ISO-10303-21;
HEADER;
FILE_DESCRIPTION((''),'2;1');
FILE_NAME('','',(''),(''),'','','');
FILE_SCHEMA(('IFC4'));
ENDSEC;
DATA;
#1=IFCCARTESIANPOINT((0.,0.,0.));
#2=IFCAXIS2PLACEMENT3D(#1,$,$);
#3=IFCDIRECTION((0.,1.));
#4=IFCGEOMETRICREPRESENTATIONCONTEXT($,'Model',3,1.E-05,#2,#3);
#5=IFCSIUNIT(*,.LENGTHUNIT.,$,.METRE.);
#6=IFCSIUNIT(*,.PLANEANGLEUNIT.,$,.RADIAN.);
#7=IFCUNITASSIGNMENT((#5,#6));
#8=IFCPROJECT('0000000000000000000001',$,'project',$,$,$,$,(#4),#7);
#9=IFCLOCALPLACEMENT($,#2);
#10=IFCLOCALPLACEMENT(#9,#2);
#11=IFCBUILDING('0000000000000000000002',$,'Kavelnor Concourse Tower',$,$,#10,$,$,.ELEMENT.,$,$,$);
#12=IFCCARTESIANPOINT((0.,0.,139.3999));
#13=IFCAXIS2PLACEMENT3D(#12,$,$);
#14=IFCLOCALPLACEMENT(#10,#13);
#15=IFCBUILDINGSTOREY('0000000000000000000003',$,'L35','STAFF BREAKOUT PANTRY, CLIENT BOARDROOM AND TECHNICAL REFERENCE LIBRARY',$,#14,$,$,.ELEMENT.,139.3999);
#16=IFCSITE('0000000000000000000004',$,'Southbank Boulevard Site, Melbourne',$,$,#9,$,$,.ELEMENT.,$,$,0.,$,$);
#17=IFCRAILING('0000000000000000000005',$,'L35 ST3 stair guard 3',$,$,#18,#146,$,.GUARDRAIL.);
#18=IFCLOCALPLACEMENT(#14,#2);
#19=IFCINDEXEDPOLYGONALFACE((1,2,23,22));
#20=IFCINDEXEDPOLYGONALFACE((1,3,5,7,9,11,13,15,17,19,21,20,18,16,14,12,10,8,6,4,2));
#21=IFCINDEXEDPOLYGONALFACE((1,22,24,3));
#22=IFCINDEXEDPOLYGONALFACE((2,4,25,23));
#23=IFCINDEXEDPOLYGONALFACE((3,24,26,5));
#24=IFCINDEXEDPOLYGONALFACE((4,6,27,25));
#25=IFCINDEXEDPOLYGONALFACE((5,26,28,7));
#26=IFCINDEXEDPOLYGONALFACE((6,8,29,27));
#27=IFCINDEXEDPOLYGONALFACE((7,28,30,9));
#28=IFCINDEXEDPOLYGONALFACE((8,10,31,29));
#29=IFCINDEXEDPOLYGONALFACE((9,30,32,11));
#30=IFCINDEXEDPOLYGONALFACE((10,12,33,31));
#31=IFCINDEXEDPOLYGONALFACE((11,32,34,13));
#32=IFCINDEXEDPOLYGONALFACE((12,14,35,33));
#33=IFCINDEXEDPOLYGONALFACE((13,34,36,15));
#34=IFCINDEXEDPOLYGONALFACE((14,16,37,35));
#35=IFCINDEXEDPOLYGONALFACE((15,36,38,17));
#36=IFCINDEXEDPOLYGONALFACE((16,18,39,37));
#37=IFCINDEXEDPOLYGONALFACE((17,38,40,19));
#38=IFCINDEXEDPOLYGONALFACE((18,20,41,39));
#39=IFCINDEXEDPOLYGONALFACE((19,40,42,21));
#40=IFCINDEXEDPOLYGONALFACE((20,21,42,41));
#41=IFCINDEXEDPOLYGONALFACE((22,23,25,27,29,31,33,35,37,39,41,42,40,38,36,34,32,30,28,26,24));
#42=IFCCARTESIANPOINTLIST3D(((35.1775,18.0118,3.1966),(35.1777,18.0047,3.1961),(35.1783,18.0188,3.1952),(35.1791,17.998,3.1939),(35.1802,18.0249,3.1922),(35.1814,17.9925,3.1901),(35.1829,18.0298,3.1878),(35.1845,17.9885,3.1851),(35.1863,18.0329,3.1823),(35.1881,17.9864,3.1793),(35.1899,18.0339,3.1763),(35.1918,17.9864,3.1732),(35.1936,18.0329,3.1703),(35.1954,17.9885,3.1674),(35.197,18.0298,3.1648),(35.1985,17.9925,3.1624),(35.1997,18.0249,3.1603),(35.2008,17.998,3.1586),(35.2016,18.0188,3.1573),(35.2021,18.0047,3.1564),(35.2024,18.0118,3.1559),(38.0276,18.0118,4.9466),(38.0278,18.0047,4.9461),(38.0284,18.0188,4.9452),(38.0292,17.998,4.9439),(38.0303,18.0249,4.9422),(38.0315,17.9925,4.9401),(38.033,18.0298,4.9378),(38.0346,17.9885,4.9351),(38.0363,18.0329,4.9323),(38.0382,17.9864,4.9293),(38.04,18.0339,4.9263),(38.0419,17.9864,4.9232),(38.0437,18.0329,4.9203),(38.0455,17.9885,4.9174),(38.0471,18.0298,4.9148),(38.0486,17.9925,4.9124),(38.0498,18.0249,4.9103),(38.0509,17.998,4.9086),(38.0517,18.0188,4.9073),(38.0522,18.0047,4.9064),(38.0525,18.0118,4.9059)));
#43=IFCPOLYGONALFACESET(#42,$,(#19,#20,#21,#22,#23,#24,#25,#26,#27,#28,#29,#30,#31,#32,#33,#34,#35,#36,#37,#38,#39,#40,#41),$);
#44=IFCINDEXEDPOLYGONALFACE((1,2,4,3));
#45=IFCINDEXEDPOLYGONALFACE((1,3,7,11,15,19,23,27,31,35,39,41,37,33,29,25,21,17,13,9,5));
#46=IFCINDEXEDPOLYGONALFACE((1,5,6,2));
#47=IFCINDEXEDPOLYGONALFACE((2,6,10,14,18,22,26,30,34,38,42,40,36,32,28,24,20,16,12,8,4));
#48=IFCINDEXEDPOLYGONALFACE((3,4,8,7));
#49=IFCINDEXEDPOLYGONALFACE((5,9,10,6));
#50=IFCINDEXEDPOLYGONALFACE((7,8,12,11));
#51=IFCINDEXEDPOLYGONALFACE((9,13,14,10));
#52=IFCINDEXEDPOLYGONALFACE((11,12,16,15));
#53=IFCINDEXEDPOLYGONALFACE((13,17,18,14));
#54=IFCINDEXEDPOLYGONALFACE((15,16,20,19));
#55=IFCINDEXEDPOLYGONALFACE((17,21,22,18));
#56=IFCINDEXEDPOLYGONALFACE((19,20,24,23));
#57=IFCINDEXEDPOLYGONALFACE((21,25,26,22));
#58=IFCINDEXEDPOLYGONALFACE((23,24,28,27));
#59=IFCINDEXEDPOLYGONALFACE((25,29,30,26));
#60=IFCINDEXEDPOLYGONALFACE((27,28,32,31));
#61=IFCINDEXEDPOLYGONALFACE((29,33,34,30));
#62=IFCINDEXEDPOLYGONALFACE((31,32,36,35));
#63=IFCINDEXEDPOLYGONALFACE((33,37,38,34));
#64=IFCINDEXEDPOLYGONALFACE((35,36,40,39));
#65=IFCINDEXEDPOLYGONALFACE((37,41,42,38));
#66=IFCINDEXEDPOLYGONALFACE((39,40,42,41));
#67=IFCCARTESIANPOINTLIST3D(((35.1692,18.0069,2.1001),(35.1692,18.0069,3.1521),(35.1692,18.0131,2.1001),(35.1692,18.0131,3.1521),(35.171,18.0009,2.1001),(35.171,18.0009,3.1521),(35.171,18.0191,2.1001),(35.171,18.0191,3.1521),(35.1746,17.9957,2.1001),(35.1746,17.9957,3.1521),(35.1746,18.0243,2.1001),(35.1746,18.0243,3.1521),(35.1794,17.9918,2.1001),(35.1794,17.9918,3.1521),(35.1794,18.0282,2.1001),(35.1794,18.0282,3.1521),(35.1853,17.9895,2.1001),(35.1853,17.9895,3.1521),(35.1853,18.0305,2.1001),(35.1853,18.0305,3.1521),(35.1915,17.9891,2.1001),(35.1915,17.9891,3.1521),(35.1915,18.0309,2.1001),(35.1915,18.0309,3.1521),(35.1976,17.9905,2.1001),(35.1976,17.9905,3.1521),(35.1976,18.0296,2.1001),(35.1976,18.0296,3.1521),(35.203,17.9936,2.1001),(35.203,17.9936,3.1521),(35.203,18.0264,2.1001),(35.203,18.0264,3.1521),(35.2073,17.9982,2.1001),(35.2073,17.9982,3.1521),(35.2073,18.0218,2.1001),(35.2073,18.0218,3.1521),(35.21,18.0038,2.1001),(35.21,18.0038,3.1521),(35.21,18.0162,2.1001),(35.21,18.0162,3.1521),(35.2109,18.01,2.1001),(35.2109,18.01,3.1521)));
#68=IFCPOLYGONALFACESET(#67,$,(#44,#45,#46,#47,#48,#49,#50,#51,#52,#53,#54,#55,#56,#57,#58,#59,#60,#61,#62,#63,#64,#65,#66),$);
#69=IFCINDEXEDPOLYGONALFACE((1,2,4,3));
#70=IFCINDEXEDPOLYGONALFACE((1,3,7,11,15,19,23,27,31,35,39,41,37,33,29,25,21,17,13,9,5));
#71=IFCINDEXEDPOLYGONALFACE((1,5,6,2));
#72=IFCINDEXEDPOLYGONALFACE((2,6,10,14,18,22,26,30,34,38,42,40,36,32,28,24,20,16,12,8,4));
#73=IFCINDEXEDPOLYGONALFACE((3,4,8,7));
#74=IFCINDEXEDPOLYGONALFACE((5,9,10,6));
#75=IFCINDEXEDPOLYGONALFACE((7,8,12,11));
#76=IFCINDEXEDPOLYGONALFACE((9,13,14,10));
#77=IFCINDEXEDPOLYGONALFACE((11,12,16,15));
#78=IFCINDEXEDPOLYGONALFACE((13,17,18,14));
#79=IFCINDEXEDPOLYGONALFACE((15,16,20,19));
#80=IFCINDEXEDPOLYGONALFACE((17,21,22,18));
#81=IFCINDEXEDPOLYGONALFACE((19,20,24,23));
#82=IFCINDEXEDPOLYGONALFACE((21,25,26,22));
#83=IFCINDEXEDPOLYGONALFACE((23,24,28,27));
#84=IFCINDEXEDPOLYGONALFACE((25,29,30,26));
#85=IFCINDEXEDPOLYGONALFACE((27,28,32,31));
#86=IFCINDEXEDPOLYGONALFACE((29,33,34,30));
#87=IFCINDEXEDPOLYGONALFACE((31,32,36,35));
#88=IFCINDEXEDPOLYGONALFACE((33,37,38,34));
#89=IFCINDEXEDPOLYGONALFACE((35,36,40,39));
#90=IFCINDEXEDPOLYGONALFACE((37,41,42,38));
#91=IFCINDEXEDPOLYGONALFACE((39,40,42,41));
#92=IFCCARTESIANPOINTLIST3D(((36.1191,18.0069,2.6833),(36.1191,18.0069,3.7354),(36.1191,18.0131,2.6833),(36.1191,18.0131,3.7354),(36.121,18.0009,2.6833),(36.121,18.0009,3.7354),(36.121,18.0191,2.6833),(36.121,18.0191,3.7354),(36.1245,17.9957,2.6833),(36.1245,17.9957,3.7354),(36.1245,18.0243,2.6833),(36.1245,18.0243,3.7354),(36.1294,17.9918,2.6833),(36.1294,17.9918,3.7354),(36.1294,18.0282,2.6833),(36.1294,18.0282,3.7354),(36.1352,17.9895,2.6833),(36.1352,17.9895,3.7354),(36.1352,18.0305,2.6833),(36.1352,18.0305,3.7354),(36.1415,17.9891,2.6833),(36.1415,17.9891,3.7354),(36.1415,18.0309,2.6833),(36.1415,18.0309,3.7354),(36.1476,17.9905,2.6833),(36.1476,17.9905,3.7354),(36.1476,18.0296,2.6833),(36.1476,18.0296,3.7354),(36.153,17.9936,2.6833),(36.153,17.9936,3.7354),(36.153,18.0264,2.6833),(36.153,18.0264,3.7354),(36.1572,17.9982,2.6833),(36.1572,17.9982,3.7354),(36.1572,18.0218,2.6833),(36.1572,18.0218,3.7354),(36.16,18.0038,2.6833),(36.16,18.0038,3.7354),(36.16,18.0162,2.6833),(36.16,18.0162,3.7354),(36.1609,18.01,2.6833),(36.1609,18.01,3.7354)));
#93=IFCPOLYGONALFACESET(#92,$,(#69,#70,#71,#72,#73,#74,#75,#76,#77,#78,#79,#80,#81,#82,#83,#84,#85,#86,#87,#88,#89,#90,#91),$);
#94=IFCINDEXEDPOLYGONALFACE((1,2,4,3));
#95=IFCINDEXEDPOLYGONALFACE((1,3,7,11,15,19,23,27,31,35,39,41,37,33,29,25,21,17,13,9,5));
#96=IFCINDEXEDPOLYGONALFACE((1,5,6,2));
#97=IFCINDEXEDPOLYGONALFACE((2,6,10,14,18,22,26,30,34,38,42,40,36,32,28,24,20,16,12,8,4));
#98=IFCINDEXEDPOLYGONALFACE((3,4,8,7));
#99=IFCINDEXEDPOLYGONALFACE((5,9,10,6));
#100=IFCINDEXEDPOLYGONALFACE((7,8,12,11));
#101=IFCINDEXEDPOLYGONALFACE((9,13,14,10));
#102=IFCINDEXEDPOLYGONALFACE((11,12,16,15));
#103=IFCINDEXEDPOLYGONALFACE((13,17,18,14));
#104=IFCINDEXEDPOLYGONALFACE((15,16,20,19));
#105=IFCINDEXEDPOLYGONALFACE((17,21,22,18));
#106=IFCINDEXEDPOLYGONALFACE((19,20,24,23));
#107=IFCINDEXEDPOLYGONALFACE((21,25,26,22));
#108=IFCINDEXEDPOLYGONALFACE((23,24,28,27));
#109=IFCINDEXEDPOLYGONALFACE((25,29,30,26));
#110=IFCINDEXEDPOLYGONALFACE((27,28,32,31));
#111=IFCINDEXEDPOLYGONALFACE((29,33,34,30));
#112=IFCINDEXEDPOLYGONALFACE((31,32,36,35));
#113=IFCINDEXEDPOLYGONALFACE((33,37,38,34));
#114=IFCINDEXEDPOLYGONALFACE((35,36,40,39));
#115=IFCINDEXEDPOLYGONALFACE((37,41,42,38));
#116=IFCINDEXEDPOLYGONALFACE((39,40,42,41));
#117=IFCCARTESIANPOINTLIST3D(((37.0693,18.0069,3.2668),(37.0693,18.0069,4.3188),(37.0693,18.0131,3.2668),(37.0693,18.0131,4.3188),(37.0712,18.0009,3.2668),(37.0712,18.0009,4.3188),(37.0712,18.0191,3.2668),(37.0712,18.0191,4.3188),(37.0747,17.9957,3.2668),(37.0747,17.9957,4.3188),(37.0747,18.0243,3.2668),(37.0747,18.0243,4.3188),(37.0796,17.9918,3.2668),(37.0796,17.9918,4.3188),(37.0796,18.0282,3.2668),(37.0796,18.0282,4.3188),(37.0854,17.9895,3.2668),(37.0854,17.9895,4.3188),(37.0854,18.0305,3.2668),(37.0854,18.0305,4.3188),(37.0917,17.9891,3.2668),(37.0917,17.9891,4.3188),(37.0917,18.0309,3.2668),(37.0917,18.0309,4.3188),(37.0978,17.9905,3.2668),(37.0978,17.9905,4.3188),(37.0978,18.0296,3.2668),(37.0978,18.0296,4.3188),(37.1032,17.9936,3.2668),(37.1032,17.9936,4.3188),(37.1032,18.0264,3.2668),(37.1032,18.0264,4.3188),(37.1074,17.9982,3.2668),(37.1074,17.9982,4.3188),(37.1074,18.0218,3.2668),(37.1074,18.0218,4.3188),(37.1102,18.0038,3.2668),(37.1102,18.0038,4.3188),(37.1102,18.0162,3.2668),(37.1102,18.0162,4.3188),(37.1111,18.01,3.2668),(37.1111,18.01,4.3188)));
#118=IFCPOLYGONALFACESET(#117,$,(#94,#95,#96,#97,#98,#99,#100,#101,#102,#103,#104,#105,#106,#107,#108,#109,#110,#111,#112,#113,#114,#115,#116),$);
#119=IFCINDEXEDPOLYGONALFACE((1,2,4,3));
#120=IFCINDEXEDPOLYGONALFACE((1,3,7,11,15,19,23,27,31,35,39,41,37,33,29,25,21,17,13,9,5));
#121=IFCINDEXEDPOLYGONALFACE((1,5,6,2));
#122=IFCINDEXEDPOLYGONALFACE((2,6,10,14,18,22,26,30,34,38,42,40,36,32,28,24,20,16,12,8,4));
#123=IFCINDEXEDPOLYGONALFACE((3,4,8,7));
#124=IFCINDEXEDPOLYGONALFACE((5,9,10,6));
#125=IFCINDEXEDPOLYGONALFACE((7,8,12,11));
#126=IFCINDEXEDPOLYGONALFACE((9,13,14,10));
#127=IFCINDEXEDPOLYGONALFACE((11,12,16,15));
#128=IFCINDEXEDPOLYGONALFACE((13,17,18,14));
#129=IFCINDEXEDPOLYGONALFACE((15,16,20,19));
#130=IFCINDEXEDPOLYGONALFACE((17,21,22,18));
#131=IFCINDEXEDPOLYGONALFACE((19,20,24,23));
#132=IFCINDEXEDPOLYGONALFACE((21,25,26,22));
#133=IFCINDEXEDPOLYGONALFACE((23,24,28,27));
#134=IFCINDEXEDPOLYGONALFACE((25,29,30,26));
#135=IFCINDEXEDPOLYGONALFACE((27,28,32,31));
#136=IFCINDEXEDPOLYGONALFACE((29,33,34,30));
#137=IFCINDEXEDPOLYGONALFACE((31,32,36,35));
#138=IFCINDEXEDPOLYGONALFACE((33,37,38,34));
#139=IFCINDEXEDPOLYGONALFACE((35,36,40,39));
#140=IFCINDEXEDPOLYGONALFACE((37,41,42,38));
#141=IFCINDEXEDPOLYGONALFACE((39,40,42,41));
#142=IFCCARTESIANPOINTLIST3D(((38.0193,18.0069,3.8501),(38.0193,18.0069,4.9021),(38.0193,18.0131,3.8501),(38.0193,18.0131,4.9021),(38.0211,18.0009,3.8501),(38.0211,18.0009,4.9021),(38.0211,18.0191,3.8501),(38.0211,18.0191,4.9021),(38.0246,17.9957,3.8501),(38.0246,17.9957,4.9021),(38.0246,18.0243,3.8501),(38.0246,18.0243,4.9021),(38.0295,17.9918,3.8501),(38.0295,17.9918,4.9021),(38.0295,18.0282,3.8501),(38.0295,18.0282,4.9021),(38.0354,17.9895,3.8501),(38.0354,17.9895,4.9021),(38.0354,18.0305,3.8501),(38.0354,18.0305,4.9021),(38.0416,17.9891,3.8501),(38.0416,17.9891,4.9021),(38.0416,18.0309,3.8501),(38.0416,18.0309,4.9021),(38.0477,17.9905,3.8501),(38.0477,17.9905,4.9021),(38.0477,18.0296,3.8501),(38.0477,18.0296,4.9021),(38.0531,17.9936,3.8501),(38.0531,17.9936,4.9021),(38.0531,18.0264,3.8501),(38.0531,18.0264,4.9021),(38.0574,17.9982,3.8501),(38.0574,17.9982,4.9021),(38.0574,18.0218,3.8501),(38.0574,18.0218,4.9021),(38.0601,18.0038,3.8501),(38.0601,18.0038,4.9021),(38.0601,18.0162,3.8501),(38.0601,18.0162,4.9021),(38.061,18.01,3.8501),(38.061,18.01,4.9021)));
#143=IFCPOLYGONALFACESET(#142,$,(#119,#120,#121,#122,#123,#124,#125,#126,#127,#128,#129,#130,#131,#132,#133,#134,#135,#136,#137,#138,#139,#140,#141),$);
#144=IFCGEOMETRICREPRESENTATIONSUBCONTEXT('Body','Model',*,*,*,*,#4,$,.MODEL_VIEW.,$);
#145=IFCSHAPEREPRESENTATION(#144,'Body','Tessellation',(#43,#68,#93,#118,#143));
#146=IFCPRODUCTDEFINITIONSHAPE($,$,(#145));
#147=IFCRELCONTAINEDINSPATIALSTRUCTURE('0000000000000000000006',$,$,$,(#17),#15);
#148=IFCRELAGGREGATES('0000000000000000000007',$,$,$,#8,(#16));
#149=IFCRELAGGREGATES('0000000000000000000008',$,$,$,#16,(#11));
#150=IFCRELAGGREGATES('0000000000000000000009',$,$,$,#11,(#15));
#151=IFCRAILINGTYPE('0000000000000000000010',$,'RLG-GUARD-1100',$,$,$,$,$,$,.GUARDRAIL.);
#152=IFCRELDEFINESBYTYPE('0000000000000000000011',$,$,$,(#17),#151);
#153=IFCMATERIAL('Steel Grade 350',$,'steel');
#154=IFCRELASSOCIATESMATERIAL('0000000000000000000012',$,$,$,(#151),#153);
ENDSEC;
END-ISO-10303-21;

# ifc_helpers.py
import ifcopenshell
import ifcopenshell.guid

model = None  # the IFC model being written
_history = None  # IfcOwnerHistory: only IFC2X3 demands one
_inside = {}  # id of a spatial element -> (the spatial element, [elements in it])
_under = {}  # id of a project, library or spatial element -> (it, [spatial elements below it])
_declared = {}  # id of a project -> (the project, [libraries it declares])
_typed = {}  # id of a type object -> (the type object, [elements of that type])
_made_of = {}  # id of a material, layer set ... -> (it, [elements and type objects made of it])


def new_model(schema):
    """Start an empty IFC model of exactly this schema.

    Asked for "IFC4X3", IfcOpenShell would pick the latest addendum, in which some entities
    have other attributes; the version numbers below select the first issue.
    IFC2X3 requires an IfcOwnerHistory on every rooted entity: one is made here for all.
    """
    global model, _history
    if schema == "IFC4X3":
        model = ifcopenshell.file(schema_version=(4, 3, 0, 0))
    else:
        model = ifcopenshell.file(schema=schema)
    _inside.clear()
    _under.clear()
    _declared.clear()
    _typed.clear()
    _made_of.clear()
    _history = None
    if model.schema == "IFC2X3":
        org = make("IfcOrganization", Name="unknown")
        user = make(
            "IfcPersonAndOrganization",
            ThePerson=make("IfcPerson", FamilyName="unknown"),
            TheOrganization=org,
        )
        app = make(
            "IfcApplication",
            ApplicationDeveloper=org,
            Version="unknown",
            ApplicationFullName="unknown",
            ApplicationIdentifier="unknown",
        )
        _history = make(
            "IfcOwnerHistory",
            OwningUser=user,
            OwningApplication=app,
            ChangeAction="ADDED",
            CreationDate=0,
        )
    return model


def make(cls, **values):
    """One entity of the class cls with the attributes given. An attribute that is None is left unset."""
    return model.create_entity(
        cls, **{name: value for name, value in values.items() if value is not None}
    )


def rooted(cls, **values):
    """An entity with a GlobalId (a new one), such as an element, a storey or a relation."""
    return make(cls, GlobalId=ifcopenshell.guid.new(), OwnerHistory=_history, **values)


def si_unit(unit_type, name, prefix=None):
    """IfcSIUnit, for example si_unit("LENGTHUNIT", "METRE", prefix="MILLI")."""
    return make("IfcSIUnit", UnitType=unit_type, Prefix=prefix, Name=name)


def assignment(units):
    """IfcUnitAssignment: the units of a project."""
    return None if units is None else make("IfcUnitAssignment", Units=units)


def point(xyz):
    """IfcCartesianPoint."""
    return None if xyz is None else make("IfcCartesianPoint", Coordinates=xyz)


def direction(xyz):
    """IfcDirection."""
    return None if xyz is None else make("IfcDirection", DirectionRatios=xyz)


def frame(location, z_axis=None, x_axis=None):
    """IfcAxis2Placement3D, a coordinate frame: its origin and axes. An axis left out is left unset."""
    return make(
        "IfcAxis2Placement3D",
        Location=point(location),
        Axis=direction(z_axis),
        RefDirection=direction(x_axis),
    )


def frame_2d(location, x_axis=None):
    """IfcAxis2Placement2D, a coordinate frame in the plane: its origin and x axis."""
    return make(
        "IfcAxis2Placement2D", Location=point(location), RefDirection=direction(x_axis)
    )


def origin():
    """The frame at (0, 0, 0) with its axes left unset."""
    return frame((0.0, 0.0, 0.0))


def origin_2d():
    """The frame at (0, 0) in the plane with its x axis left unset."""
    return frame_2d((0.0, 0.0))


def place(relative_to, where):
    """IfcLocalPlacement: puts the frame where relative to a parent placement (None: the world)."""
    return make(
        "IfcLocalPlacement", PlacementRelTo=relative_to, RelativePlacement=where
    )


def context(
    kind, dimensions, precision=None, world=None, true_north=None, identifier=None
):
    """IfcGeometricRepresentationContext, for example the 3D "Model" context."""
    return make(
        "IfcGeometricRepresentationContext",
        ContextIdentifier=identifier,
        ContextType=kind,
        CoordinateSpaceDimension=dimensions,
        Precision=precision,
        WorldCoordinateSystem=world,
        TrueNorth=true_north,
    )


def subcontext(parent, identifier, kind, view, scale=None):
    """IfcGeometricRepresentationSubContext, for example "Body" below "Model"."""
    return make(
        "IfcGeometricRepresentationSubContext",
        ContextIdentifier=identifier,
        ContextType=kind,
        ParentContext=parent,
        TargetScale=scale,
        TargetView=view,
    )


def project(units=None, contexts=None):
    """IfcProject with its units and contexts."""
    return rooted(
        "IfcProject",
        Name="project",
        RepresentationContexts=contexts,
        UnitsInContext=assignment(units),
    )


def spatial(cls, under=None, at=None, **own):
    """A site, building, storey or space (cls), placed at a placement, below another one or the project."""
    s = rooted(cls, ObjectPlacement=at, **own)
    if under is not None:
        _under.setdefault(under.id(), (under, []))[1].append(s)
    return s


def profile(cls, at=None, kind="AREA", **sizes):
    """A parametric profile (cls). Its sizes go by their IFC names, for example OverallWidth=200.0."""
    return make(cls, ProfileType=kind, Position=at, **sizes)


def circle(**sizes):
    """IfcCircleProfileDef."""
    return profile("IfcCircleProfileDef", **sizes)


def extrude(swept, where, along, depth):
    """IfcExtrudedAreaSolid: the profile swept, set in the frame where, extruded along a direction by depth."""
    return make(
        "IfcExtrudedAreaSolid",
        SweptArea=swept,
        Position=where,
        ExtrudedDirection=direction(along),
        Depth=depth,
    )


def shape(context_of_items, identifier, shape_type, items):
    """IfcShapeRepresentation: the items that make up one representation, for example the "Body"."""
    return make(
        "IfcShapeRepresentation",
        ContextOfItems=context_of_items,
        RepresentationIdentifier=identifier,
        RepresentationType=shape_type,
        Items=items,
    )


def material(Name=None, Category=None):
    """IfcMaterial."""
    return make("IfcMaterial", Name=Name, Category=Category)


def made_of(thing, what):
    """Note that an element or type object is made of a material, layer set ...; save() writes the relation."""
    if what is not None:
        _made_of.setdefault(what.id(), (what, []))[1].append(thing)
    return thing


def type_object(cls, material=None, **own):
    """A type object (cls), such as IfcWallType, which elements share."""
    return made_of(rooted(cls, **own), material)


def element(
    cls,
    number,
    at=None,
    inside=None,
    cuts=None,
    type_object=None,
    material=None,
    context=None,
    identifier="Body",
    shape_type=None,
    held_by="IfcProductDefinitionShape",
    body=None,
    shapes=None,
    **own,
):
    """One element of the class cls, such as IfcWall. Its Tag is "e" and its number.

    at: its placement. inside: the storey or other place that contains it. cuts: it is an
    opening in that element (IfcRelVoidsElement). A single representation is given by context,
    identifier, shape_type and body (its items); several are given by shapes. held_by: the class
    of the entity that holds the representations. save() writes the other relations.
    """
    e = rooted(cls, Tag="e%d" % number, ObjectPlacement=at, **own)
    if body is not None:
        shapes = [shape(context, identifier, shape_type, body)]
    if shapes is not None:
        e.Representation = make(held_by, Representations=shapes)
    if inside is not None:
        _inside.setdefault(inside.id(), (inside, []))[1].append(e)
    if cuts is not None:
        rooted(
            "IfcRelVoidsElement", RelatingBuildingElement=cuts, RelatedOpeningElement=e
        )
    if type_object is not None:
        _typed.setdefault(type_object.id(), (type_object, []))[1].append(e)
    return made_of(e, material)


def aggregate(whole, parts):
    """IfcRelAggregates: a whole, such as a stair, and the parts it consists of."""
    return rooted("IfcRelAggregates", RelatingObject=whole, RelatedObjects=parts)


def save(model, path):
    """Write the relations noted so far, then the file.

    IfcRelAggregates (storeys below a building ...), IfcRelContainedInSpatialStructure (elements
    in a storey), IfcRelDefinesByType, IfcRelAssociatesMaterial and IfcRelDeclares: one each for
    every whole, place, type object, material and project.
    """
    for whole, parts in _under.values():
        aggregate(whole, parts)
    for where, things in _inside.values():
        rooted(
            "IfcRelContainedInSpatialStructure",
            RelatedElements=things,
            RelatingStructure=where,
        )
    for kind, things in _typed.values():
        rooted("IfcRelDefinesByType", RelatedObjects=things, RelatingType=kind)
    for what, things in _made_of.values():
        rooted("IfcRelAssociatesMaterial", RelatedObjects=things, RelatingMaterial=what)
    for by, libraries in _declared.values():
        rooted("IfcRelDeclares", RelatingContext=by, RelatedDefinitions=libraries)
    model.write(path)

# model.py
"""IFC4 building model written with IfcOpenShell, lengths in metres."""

from ifc_helpers import new_model, si_unit, direction, frame, origin, origin_2d, place, context, subcontext, project, spatial, circle, extrude, material, type_object, element, save


model = new_model("IFC4")

# Units and contexts
model_context = context("Model", 3, precision=1e-05, world=origin(), true_north=direction((0.0, 1.0)))
body_context = subcontext(model_context, "Body", "Model", "MODEL_VIEW")
ifc_project = project(units=[si_unit("LENGTHUNIT", "METRE"), si_unit("PLANEANGLEUNIT", "RADIAN")], contexts=[model_context])

# Site, building, storey
site_placement = place(None, origin())
site = spatial("IfcSite", under=ifc_project, at=site_placement, Name="Southbank Boulevard Site, Melbourne", CompositionType="ELEMENT", RefElevation=0.0)
building_placement = place(site_placement, origin())
building = spatial("IfcBuilding", under=site, at=building_placement, Name="Kavelnor Concourse Tower", CompositionType="ELEMENT")
storey_placement = place(building_placement, frame((0.0, 0.0, 139.3999)))
storey = spatial("IfcBuildingStorey", under=building, at=storey_placement, Name="L35", Description="STAFF BREAKOUT PANTRY, CLIENT BOARDROOM AND TECHNICAL REFERENCE LIBRARY", CompositionType="ELEMENT", Elevation=139.3999)

# Shared definitions
ifc_material_1 = material(Name="Steel Grade 350", Category="steel")

# Railing
railing_type_1 = type_object("IfcRailingType", Name="RLG-GUARD-1100", PredefinedType="GUARDRAIL", material=ifc_material_1)
railing_1_placement = place(storey_placement, frame((35.1899, 18.01, 2.1001)))
element("IfcRailing", 1, at=railing_1_placement, inside=storey, type_object=railing_type_1, Name="L35 ST3 stair guard 3", PredefinedType="GUARDRAIL", context=body_context, shape_type="SweptSolid", body=[
    extrude(circle(Radius=0.0239, at=origin_2d()), frame((0.0, 0.0, 1.0762), z_axis=(0.852179, 0.0, 0.52325), x_axis=(0.0, 1.0, 0.0)), (0.0, 0.0, 1.0), 3.3445),
    extrude(circle(Radius=0.021, at=origin_2d()), origin(), (0.0, 0.0, 1.0), 1.052),
    extrude(circle(Radius=0.021, at=origin_2d()), frame((0.95, 0.0, 0.5833)), (0.0, 0.0, 1.0), 1.052),
    extrude(circle(Radius=0.021, at=origin_2d()), frame((1.9001, 0.0, 1.1667)), (0.0, 0.0, 1.0), 1.052),
    extrude(circle(Radius=0.021, at=origin_2d()), frame((2.8501, 0.0, 1.75)), (0.0, 0.0, 1.0), 1.052),
])

save(model, "model.ifc")
